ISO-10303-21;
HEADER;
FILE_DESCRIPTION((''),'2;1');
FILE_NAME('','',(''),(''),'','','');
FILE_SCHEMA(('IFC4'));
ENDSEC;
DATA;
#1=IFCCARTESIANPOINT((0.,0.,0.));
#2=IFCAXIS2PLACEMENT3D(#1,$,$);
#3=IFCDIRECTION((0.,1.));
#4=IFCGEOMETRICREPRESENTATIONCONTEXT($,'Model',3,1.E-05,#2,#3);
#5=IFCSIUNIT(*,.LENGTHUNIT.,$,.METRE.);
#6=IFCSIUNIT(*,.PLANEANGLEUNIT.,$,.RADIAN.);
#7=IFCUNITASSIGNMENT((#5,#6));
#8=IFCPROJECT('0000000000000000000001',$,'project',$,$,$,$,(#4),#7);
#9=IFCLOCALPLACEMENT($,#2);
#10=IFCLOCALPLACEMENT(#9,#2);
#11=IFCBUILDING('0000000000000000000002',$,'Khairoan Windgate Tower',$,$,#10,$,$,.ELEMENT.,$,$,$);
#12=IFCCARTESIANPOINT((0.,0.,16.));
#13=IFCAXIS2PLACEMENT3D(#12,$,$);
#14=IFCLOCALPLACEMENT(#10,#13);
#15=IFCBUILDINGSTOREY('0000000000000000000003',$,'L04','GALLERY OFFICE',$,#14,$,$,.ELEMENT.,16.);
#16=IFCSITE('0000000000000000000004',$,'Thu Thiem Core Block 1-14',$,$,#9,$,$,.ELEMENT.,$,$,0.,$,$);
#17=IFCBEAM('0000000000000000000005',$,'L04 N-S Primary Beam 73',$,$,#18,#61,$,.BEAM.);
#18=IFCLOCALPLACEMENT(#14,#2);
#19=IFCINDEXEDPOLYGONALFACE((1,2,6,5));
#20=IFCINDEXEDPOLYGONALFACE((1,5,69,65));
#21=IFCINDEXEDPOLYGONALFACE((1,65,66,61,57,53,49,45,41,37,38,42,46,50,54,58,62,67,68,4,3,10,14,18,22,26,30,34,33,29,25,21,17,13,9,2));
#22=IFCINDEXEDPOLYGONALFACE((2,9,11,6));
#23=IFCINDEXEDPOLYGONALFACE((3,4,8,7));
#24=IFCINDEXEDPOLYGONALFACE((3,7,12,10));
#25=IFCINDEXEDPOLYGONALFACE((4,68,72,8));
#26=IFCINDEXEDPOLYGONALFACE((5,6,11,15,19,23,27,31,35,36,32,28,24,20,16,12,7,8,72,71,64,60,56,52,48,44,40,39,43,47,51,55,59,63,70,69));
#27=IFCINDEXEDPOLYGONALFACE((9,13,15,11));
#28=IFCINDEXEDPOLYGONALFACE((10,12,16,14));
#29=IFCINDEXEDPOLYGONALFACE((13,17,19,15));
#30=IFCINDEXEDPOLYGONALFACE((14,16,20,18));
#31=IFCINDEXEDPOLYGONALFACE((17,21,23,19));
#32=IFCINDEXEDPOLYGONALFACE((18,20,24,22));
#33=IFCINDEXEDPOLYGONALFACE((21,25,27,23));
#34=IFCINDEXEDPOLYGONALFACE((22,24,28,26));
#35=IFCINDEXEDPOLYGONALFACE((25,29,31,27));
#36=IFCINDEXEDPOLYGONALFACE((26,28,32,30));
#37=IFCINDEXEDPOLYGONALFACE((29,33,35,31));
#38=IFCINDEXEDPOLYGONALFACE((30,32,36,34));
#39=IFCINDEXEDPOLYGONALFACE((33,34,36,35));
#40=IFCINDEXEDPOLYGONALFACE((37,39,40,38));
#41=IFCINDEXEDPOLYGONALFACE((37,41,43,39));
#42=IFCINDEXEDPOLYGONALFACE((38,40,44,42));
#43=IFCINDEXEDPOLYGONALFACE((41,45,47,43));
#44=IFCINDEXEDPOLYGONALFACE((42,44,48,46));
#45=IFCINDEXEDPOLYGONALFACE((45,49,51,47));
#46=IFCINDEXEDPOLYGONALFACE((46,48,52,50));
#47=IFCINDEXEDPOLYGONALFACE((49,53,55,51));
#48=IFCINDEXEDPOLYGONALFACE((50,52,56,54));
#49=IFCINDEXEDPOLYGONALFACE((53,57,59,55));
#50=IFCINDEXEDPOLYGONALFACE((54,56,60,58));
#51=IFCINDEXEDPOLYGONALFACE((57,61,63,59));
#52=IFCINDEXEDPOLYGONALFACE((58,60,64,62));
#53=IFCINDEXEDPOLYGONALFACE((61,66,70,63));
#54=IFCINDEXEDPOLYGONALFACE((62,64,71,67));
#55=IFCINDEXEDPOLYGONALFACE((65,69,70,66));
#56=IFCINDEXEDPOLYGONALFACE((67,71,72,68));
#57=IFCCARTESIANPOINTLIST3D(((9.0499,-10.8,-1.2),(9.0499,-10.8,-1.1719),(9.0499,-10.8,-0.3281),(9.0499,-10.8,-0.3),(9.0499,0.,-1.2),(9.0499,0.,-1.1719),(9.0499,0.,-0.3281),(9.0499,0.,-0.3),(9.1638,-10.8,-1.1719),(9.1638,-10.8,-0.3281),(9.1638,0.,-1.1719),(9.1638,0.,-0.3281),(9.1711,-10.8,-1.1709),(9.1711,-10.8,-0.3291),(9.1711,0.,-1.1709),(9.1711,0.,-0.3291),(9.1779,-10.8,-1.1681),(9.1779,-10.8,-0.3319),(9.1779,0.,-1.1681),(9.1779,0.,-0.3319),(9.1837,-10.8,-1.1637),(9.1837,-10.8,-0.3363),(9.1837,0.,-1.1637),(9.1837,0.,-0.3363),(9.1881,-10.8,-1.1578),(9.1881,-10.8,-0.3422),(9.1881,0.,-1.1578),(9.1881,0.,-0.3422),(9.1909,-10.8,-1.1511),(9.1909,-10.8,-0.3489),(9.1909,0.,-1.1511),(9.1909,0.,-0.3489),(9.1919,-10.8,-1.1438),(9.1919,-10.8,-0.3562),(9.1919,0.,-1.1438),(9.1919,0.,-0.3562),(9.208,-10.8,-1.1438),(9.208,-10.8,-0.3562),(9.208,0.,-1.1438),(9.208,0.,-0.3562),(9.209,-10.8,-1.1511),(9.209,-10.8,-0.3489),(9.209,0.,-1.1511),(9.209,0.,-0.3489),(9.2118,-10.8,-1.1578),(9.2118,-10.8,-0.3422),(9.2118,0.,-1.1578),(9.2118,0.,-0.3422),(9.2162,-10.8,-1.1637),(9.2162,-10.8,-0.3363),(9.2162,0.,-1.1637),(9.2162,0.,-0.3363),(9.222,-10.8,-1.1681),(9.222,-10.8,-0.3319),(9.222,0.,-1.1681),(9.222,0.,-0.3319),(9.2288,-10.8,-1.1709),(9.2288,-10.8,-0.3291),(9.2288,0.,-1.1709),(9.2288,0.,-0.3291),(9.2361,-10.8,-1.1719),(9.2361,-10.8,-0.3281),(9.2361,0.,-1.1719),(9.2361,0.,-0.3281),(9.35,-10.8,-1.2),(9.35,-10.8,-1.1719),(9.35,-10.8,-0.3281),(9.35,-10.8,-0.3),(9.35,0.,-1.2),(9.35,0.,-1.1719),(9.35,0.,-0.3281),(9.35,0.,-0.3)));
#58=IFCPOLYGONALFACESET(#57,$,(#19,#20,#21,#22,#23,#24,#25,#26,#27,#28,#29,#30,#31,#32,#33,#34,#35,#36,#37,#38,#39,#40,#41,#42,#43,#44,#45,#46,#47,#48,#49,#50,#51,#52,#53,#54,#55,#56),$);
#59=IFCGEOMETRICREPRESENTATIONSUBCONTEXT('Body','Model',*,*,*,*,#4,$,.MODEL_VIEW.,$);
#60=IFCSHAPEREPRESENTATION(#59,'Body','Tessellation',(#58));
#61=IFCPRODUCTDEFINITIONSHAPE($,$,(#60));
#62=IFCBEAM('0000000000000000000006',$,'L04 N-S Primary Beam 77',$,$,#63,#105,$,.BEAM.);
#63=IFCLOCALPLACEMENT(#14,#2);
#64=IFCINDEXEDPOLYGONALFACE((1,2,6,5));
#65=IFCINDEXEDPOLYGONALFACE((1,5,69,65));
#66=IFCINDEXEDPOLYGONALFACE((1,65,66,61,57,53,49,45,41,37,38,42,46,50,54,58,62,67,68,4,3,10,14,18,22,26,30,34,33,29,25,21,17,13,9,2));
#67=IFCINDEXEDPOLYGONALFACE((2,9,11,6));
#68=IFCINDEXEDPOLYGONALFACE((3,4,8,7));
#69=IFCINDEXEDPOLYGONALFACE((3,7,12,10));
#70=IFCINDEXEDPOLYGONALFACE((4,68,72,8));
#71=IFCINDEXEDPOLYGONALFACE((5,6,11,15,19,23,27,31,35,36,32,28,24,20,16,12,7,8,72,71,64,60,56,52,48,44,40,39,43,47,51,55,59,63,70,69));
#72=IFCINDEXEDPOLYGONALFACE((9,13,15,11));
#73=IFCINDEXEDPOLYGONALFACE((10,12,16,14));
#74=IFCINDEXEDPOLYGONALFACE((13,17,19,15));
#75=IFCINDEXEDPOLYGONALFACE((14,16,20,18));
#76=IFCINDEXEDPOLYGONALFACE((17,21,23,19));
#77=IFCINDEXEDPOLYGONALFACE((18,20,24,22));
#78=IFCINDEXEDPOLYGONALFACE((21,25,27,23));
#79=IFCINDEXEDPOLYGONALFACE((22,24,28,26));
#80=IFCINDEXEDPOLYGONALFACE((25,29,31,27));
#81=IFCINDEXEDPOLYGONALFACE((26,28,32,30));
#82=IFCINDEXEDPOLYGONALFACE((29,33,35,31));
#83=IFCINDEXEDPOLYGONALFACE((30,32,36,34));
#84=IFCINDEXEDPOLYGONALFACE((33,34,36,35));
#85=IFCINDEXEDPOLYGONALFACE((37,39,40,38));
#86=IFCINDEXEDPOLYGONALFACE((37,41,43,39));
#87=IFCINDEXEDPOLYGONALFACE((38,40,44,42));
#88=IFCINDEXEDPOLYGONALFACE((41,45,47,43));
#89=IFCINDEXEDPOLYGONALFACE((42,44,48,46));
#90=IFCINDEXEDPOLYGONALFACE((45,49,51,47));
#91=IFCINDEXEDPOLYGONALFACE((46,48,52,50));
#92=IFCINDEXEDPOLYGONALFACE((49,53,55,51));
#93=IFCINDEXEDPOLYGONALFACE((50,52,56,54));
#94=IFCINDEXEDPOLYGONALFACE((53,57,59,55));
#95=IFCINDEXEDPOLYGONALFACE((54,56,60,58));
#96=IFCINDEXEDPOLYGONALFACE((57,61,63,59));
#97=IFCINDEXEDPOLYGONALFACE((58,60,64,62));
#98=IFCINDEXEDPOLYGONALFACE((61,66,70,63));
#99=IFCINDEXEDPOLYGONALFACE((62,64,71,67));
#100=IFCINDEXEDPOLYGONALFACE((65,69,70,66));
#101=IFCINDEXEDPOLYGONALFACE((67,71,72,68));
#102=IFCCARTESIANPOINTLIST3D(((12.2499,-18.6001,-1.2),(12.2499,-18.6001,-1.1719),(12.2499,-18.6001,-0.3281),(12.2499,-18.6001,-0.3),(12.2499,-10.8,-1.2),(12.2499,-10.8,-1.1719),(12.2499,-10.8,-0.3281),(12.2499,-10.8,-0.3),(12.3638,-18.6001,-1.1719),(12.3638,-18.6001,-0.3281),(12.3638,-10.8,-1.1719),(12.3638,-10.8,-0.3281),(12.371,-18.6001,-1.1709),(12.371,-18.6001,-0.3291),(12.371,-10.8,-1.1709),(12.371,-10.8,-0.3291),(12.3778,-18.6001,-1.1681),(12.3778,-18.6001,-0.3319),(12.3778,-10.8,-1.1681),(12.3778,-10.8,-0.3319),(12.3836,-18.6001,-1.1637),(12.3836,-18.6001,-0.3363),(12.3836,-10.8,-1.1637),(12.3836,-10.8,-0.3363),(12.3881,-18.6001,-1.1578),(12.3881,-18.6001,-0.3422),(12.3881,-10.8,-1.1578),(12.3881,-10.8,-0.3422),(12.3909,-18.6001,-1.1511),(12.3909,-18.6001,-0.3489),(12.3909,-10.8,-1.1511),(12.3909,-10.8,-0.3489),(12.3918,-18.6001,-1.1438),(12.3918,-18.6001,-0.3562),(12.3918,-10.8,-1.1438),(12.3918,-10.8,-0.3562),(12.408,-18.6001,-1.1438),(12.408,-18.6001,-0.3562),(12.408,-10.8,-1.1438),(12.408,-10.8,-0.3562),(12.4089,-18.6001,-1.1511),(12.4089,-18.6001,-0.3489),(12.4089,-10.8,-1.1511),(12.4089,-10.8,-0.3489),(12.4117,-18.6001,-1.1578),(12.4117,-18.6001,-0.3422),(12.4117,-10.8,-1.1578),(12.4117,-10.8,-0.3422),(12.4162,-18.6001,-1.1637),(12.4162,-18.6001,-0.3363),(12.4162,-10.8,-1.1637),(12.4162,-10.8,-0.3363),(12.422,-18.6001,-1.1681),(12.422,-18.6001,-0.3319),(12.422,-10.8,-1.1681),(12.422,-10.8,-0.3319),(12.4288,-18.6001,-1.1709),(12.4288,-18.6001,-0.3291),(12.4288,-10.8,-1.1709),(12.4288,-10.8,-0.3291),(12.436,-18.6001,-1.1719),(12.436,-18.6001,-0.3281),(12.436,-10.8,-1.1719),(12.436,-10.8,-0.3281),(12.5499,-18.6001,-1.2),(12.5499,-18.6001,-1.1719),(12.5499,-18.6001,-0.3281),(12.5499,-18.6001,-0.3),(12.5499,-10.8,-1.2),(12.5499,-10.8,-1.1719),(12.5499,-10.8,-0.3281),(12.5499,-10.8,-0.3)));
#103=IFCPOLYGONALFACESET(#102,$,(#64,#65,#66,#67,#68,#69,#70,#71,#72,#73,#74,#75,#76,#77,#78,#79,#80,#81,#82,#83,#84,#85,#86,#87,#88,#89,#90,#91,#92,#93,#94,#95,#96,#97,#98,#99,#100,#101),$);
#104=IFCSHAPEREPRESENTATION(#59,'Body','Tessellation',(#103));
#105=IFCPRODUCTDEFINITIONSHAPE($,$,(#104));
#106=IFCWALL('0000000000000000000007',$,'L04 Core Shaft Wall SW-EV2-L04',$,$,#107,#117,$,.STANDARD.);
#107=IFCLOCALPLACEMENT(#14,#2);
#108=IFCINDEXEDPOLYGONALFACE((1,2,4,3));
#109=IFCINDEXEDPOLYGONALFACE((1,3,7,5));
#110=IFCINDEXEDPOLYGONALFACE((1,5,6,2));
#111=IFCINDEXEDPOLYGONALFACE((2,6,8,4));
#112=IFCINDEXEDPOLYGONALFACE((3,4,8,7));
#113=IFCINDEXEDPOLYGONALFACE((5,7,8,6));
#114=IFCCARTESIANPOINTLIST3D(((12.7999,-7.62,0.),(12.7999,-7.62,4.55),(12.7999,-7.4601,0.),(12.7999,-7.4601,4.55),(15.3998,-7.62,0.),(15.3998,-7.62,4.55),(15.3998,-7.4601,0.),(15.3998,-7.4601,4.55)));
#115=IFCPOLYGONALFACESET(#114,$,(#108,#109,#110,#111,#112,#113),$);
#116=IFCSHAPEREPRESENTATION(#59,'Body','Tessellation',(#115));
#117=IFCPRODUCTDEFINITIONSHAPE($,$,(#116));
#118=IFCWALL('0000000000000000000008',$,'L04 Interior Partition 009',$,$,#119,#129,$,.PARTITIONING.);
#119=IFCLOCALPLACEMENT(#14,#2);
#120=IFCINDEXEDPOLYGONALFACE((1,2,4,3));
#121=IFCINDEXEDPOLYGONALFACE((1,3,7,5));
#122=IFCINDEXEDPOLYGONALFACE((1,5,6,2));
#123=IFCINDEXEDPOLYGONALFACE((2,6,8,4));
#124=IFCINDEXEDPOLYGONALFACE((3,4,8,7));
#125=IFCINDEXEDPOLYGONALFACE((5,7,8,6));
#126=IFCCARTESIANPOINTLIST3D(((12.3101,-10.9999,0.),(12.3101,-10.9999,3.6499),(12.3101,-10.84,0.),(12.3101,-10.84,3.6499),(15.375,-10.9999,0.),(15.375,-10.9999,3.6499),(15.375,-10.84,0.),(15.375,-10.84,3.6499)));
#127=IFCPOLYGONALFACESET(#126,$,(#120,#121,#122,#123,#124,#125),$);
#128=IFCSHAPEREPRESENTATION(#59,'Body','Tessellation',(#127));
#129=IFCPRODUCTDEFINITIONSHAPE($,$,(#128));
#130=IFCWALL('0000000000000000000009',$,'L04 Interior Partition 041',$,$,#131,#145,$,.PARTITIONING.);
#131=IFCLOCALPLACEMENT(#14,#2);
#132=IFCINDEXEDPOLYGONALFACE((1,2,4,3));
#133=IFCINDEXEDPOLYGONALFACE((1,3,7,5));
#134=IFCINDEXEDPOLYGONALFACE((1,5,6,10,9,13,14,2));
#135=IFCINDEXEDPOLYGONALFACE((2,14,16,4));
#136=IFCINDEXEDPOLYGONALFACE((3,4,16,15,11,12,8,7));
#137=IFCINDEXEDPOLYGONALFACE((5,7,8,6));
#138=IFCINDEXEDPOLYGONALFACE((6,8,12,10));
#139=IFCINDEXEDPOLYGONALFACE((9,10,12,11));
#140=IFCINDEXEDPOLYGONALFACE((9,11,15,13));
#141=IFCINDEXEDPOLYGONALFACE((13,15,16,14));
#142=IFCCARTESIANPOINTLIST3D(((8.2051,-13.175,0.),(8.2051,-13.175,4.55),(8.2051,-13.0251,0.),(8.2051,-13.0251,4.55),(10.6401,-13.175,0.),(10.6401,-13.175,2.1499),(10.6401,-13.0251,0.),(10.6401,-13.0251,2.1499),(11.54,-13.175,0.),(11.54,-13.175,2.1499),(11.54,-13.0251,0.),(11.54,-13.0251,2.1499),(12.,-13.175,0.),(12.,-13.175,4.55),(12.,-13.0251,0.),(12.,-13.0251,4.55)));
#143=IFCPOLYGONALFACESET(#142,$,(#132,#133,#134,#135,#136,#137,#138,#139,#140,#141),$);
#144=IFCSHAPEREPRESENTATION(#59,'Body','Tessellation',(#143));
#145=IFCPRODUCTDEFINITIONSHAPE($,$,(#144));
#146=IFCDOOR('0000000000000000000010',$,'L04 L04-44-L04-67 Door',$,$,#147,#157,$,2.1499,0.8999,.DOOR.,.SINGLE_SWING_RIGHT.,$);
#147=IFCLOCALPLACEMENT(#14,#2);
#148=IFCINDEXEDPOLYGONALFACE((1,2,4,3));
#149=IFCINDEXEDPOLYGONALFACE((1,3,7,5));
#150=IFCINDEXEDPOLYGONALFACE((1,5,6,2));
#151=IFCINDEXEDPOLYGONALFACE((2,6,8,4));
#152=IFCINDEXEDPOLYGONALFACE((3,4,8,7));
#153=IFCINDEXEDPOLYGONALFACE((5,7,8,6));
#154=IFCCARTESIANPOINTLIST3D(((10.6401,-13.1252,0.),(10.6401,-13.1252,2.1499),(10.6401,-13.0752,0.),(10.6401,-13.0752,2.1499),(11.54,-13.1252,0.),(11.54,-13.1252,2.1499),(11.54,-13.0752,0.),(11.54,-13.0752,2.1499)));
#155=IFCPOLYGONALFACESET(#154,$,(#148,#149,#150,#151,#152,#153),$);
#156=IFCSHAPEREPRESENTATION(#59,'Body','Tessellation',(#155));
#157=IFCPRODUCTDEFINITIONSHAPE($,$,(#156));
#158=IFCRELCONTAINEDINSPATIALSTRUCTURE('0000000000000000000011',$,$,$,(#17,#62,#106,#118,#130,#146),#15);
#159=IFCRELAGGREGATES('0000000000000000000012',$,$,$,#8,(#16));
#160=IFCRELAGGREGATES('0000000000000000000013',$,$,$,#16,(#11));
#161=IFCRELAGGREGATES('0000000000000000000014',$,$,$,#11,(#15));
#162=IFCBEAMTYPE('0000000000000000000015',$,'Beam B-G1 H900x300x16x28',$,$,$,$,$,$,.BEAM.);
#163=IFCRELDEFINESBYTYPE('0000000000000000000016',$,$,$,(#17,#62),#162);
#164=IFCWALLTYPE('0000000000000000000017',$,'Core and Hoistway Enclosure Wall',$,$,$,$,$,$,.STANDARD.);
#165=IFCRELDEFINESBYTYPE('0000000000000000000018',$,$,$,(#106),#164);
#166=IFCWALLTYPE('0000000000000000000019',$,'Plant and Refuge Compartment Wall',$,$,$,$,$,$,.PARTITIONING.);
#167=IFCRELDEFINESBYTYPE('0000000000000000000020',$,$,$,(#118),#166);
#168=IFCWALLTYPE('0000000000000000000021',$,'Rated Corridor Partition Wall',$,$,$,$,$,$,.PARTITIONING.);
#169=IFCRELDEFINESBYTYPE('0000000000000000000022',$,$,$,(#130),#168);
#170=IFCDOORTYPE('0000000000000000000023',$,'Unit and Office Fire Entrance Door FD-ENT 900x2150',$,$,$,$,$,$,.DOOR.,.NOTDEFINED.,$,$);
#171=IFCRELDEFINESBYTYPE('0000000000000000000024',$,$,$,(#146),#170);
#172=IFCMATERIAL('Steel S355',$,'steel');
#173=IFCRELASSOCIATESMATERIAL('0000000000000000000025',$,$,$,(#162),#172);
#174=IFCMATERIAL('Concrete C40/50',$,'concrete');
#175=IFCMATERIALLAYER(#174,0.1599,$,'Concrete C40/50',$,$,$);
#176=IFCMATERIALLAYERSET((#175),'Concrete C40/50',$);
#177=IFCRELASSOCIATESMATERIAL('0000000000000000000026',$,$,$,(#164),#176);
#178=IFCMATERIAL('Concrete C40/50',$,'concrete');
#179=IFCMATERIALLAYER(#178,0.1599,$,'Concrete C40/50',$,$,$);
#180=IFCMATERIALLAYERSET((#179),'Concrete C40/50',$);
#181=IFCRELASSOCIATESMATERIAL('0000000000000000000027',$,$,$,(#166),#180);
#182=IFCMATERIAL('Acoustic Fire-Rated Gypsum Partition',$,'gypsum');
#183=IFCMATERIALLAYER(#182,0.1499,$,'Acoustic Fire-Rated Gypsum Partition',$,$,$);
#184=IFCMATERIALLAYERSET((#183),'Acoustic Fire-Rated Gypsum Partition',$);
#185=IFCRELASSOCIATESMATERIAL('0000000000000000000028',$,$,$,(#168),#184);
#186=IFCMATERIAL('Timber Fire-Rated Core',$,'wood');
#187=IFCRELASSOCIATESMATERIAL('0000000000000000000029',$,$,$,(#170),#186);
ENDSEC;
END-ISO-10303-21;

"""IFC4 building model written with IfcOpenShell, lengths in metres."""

from ifc_helpers import new_model, si_unit, direction, frame, frame_2d, origin, origin_2d, place, context, subcontext, project, spatial, rectangle, i_section, extrude, material, layer, layer_set, material_profile, profile_set, type_object, element, fill, save


model = new_model("IFC4")

# Units and contexts
model_context = context("Model", 3, precision=1e-05, world=origin(), true_north=direction((0.0, 1.0)))
body_context = subcontext(model_context, "Body", "Model", "MODEL_VIEW")
ifc_project = project(units=[si_unit("LENGTHUNIT", "METRE"), si_unit("PLANEANGLEUNIT", "RADIAN")], contexts=[model_context])

# Site, building, storey
site_placement = place(None, origin())
site = spatial("IfcSite", under=ifc_project, at=site_placement, Name="Thu Thiem Core Block 1-14", CompositionType="ELEMENT", RefElevation=0.0)
building_placement = place(site_placement, origin())
building = spatial("IfcBuilding", under=site, at=building_placement, Name="Khairoan Windgate Tower", CompositionType="ELEMENT")
storey_placement = place(building_placement, frame((0.0, 0.0, 16.0)))
storey = spatial("IfcBuildingStorey", under=building, at=storey_placement, Name="L04", Description="GALLERY OFFICE", CompositionType="ELEMENT", Elevation=16.0)

# Beams
ifc_material_1 = material(Name="Steel S355", Category="steel")
ifc_material_profile_1 = material_profile(ifc_material_1, i_section(OverallWidth=0.3, OverallDepth=0.8999, WebThickness=0.0161, FlangeThickness=0.0281, FilletRadius=0.0281, at=origin_2d()))
ifc_profile_set_1 = profile_set([ifc_material_profile_1], Name="Steel S355")
beam_type = type_object("IfcBeamType", Name="Beam B-G1 H900x300x16x28", PredefinedType="BEAM", material=ifc_profile_set_1)
beam_1_placement = place(storey_placement, frame((9.2, -10.8, -0.75), z_axis=(0.0, 1.0, 0.0), x_axis=(-1.0, 0.0, 0.0)))
element("IfcBeam", 1, at=beam_1_placement, inside=storey, type_object=beam_type, Name="L04 N-S Primary Beam 73", PredefinedType="BEAM", context=body_context, shape_type="SweptSolid", body=[
    extrude(i_section(OverallWidth=0.3, OverallDepth=0.8999, WebThickness=0.0161, FlangeThickness=0.0281, FilletRadius=0.0281, at=origin_2d()), origin(), (0.0, 0.0, 1.0), 10.8),
])
beam_2_placement = place(storey_placement, frame((12.3999, -18.6001, -0.75), z_axis=(0.0, 1.0, 0.0), x_axis=(-1.0, 0.0, 0.0)))
element("IfcBeam", 2, at=beam_2_placement, inside=storey, type_object=beam_type, Name="L04 N-S Primary Beam 77", PredefinedType="BEAM", context=body_context, shape_type="SweptSolid", body=[
    extrude(i_section(OverallWidth=0.3, OverallDepth=0.8999, WebThickness=0.0161, FlangeThickness=0.0281, FilletRadius=0.0281, at=origin_2d()), origin(), (0.0, 0.0, 1.0), 7.8),
])

# Walls
ifc_material_2 = material(Name="Concrete C40/50", Category="concrete")
ifc_layer_1 = layer(ifc_material_2, 0.1599, Name="Concrete C40/50")
ifc_layer_set_1 = layer_set([ifc_layer_1], Name="Concrete C40/50")
wall_type_1 = type_object("IfcWallType", Name="Core and Hoistway Enclosure Wall", PredefinedType="STANDARD", material=ifc_layer_set_1)
wall_1_placement = place(storey_placement, frame((12.8, -7.54, 0.0), z_axis=(0.0, 0.0, 1.0), x_axis=(1.0, 0.0, 0.0)))
element("IfcWall", 3, at=wall_1_placement, inside=storey, type_object=wall_type_1, Name="L04 Core Shaft Wall SW-EV2-L04", PredefinedType="STANDARD", context=body_context, shape_type="SweptSolid", body=[
    extrude(rectangle(XDim=2.5999, YDim=0.1599, at=frame_2d((1.2998, 0.0))), origin(), (0.0, 0.0, 1.0), 4.55),
])
ifc_material_3 = material(Name="Concrete C40/50", Category="concrete")
ifc_layer_2 = layer(ifc_material_3, 0.1599, Name="Concrete C40/50")
ifc_layer_set_2 = layer_set([ifc_layer_2], Name="Concrete C40/50")
wall_type_2 = type_object("IfcWallType", Name="Plant and Refuge Compartment Wall", PredefinedType="PARTITIONING", material=ifc_layer_set_2)
wall_2_placement = place(storey_placement, frame((12.3101, -10.9199, 0.0), z_axis=(0.0, 0.0, 1.0), x_axis=(1.0, 0.0, 0.0)))
element("IfcWall", 4, at=wall_2_placement, inside=storey, type_object=wall_type_2, Name="L04 Interior Partition 009", PredefinedType="PARTITIONING", context=body_context, shape_type="SweptSolid", body=[
    extrude(rectangle(XDim=3.0649, YDim=0.1599, at=frame_2d((1.5325, 0.0))), origin(), (0.0, 0.0, 1.0), 3.6499),
])

# Wall, opening, door
ifc_material_4 = material(Name="Acoustic Fire-Rated Gypsum Partition", Category="gypsum")
ifc_layer_3 = layer(ifc_material_4, 0.1499, Name="Acoustic Fire-Rated Gypsum Partition")
ifc_layer_set_3 = layer_set([ifc_layer_3], Name="Acoustic Fire-Rated Gypsum Partition")
wall_type_3 = type_object("IfcWallType", Name="Rated Corridor Partition Wall", PredefinedType="PARTITIONING", material=ifc_layer_set_3)
wall_3_placement = place(storey_placement, frame((8.2051, -13.1001, 0.0), z_axis=(0.0, 0.0, 1.0), x_axis=(1.0, 0.0, 0.0)))
wall_3 = element("IfcWall", 5, at=wall_3_placement, inside=storey, type_object=wall_type_3, Name="L04 Interior Partition 041", PredefinedType="PARTITIONING", context=body_context, shape_type="SweptSolid", body=[
    extrude(rectangle(XDim=3.7949, YDim=0.1499, at=frame_2d((1.8975, 0.0))), origin(), (0.0, 0.0, 1.0), 4.55),
])
opening_1_placement = place(wall_3_placement, frame((2.4351, 0.0, 0.0)))
opening_1 = element("IfcOpeningElement", 6, at=opening_1_placement, cuts=wall_3, PredefinedType="OPENING", context=body_context, shape_type="SweptSolid", body=[
    extrude(rectangle(XDim=0.8999, YDim=2.1499, at=frame_2d((0.45, 1.075))), frame((0.0, 0.085, 0.0), z_axis=(0.0, -1.0, 0.0), x_axis=(1.0, 0.0, 0.0)), (0.0, 0.0, 1.0), 0.1699),
])
ifc_material_5 = material(Name="Timber Fire-Rated Core", Category="wood")
door_type_1 = type_object("IfcDoorType", Name="Unit and Office Fire Entrance Door FD-ENT 900x2150", OperationType="NOTDEFINED", PredefinedType="DOOR", material=ifc_material_5)
door_1_placement = place(opening_1_placement, origin())
door_1 = element("IfcDoor", 7, at=door_1_placement, inside=storey, type_object=door_type_1, Name="L04 L04-44-L04-67 Door", OperationType="SINGLE_SWING_RIGHT", OverallHeight=2.1499, OverallWidth=0.8999, PredefinedType="DOOR", context=body_context, shape_type="SweptSolid", body=[
    extrude(rectangle(XDim=0.8999, YDim=2.1499, at=frame_2d((0.45, 1.075))), frame((0.0, 0.0249, 0.0), z_axis=(0.0, -1.0, 0.0), x_axis=(1.0, 0.0, 0.0)), (0.0, 0.0, 1.0), 0.05),
])
fill(opening_1, door_1)

save(model, "model.ifc")
